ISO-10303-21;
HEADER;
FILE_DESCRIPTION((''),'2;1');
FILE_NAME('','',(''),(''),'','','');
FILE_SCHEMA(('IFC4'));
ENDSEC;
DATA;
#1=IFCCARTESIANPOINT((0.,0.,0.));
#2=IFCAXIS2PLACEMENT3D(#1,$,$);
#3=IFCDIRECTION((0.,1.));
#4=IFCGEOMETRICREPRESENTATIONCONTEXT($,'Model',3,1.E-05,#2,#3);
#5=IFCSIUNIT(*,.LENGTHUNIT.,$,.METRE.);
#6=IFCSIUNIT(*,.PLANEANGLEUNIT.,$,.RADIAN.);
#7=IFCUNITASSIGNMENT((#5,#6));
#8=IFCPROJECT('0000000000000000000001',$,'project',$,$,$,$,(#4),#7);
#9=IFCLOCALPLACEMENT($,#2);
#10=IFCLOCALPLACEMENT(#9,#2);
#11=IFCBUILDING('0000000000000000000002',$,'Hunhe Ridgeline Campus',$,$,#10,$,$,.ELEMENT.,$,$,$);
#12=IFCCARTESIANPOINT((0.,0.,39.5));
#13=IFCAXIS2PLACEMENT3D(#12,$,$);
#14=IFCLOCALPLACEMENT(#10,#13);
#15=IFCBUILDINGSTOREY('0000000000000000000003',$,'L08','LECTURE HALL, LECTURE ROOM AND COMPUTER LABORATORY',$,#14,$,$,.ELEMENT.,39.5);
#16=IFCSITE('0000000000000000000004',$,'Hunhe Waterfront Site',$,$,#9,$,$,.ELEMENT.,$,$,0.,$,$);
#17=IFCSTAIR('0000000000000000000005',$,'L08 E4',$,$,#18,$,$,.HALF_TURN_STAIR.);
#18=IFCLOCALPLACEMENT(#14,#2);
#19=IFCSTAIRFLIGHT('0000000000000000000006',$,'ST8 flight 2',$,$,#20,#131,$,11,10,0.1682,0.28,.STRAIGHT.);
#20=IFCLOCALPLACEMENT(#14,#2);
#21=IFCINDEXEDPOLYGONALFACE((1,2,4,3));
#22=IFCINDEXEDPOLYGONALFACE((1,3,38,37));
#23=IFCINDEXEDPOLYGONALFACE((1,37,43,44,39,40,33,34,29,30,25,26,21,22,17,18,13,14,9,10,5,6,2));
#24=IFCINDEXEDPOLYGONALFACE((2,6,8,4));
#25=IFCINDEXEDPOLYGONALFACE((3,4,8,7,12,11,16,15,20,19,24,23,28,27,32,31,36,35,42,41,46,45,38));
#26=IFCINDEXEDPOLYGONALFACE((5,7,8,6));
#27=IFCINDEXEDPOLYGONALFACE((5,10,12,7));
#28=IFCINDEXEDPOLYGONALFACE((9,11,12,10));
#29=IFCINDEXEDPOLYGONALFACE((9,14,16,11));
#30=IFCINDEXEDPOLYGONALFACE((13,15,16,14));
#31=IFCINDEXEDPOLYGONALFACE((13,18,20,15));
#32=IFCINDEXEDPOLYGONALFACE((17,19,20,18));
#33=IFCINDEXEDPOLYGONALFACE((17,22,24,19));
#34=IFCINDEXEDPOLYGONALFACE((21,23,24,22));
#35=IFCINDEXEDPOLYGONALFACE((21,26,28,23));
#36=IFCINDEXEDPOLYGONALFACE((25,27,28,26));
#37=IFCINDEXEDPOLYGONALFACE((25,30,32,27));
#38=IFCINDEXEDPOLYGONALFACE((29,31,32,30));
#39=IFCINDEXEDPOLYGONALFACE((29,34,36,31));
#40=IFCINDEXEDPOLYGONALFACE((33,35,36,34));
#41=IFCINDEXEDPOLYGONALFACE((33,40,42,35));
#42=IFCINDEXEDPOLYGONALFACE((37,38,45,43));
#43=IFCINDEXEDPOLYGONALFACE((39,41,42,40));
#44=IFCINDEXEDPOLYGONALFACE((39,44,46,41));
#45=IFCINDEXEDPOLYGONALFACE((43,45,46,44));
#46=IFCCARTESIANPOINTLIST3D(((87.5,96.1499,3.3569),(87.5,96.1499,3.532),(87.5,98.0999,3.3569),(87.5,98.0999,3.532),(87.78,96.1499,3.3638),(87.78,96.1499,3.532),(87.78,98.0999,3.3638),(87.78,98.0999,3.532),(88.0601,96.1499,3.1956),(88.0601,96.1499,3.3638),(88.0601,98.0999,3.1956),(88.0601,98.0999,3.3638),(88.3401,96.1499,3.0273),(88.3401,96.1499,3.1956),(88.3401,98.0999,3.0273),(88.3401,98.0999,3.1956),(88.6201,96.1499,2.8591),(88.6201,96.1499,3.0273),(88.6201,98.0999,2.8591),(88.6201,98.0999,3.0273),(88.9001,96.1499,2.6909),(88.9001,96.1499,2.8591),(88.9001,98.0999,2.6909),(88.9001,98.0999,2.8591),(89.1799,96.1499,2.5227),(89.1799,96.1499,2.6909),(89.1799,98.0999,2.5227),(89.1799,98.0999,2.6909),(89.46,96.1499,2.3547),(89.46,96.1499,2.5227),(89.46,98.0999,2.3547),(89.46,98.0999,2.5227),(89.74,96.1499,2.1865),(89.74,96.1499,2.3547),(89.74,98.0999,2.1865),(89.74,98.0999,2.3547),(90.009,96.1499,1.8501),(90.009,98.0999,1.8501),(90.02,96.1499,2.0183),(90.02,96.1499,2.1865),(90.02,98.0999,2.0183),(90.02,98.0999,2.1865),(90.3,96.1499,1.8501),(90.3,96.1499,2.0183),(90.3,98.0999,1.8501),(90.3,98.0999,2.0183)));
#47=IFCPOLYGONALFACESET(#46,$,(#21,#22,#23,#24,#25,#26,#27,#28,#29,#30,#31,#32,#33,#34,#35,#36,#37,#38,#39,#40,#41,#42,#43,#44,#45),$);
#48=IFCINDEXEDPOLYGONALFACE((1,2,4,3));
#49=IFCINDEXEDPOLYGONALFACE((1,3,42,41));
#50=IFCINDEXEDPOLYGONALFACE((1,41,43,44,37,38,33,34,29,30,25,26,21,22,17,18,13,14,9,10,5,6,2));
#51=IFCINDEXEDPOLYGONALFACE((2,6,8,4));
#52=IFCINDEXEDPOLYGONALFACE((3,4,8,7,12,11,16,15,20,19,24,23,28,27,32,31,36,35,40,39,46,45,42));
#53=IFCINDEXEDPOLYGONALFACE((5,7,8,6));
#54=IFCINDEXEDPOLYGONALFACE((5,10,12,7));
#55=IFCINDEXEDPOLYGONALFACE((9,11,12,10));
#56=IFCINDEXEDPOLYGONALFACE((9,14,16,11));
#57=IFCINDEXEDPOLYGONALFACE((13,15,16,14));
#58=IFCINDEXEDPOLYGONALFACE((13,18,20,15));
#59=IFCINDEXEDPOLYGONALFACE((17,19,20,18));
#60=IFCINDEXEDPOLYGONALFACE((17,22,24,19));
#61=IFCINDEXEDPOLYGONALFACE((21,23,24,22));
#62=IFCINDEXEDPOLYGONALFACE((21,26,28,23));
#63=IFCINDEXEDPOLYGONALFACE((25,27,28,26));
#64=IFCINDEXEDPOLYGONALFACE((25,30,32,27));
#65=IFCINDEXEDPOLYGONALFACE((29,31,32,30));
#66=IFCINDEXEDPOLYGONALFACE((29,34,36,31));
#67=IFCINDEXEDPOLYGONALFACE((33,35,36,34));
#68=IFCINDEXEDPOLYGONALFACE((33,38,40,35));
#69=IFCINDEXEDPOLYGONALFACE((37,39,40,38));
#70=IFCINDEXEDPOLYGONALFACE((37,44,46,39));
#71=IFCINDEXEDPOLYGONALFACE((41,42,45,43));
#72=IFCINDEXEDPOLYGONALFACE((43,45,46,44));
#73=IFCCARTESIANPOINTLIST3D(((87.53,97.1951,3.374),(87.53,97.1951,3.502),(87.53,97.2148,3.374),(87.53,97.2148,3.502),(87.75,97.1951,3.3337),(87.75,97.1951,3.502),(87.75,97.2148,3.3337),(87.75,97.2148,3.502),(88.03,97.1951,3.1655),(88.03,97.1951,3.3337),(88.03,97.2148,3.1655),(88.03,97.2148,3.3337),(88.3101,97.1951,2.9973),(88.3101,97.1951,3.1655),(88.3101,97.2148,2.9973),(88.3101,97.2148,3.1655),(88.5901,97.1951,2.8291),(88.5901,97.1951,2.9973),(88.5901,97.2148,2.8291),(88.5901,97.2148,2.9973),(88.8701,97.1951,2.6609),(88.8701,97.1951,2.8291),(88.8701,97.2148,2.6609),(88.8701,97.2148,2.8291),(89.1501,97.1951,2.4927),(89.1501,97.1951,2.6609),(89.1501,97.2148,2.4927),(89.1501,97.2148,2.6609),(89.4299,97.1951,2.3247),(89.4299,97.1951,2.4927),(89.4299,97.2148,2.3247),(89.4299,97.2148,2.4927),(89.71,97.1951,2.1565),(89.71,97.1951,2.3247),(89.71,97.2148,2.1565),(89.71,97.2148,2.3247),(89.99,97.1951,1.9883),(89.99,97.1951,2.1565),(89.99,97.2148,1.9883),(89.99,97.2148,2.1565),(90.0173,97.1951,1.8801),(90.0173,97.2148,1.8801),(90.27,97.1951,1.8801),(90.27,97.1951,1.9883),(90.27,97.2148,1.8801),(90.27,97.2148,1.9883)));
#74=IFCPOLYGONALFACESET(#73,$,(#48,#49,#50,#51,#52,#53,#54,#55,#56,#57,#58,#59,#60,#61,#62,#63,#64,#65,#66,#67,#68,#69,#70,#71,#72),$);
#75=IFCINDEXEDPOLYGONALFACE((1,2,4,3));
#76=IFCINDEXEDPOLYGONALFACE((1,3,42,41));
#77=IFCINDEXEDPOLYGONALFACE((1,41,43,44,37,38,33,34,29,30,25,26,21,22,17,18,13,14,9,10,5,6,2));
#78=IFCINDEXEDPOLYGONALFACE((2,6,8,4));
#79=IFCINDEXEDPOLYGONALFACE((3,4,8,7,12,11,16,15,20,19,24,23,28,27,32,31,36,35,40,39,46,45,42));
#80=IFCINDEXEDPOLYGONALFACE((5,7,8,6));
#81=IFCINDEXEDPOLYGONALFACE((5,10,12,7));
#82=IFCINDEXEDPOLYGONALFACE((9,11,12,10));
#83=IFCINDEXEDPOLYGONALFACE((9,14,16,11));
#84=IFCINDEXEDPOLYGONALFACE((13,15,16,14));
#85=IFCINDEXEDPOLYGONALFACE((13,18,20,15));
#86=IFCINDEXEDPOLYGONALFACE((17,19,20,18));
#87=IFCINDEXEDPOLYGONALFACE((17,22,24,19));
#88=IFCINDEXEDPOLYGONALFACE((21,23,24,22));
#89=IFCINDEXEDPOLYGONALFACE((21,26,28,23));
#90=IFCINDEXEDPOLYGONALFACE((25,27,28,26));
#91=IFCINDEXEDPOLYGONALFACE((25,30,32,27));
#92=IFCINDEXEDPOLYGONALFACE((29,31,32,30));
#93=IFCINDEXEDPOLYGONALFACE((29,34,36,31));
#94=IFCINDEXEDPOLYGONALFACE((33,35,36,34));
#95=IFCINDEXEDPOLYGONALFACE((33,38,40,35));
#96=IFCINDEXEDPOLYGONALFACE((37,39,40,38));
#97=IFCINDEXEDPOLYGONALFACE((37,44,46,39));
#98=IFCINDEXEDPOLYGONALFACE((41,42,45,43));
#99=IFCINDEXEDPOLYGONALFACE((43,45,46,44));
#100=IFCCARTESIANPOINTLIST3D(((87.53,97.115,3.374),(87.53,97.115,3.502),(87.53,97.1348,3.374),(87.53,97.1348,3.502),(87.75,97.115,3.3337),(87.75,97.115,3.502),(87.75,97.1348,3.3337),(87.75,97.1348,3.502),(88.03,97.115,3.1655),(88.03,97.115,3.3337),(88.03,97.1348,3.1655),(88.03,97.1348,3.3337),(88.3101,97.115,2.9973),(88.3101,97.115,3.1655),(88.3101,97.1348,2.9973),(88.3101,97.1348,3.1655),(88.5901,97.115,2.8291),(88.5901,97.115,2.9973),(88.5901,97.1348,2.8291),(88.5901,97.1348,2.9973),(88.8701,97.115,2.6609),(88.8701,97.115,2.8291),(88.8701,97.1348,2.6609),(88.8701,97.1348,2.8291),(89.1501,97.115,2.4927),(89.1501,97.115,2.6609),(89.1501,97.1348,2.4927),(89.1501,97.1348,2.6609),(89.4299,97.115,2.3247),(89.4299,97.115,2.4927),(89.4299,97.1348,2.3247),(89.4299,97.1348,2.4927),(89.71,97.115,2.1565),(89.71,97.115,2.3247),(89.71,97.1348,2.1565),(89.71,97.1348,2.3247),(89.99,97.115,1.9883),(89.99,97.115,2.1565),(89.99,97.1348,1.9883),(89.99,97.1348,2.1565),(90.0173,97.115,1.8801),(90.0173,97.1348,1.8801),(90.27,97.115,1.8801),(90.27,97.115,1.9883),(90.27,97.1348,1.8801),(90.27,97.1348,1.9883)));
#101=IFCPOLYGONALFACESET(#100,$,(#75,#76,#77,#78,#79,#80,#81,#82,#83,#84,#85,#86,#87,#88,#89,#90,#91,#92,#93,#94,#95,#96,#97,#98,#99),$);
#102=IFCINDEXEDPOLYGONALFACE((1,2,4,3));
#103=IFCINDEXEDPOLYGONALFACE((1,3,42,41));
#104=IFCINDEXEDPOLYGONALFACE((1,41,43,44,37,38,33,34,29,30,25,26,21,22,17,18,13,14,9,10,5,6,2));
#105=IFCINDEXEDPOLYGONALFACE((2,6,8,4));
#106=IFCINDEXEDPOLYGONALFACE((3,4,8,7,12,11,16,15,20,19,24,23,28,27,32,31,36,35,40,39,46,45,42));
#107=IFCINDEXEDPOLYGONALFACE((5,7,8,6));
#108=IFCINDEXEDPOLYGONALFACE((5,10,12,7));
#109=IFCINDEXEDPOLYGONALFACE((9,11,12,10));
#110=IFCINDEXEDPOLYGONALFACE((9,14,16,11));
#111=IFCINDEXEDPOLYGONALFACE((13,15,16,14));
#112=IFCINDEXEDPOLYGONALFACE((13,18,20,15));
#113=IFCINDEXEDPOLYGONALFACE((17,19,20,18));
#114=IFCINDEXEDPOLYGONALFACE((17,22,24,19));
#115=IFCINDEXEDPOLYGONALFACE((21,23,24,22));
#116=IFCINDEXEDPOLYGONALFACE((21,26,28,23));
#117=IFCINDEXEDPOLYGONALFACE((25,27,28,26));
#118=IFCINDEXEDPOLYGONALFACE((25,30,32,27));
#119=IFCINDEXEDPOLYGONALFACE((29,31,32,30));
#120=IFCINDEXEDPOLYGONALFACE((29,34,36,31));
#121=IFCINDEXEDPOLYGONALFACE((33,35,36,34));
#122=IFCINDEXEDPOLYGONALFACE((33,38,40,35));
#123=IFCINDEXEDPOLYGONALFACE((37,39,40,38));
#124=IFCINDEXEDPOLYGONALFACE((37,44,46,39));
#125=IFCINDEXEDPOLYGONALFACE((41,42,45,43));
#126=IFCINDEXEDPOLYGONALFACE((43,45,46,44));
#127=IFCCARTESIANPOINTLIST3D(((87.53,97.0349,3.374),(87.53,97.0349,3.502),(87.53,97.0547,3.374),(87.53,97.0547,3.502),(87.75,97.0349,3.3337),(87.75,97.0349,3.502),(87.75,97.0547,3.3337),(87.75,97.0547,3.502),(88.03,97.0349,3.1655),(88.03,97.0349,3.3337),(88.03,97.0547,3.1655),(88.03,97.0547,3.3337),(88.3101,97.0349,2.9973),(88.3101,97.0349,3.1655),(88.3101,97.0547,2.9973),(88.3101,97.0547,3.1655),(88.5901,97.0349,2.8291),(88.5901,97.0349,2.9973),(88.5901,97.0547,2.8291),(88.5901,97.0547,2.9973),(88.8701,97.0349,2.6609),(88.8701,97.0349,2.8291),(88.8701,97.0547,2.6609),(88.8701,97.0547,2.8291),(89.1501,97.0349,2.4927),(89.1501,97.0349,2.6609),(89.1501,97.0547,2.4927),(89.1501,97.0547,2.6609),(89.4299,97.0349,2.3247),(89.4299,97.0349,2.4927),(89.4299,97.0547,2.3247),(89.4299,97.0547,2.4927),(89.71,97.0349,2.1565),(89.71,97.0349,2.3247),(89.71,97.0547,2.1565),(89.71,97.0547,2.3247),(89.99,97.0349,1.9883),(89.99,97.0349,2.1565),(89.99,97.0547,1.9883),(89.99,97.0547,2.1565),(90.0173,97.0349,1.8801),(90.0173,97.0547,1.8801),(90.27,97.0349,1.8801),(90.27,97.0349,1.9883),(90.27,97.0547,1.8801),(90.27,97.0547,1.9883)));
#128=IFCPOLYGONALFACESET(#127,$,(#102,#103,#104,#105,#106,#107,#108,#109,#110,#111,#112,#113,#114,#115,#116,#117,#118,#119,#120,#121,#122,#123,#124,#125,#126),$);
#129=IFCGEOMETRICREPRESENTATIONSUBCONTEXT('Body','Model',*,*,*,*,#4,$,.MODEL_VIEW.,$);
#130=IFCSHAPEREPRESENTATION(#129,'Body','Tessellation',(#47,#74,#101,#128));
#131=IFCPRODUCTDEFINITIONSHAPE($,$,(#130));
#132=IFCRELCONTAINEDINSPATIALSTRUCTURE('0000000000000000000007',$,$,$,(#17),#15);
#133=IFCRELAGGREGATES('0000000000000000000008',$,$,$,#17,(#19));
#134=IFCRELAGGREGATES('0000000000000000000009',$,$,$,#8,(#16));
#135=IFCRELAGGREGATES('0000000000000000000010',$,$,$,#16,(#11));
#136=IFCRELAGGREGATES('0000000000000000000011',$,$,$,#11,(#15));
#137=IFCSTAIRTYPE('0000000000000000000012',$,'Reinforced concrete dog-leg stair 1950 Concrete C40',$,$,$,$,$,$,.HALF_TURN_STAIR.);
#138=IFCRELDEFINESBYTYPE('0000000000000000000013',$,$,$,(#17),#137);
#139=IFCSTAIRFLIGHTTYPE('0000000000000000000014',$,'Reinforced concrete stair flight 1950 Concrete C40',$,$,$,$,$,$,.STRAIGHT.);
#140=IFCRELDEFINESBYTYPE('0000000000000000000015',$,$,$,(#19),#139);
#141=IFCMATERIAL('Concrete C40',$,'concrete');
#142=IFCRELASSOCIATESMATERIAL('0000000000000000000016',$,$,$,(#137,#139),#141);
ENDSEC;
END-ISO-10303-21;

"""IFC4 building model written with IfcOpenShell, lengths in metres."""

from ifc_helpers import new_model, si_unit, direction, frame, origin, place, context, subcontext, project, spatial, polyline, outline, extrude, material, type_object, element, aggregate, save


model = new_model("IFC4")

# Units and contexts
model_context = context("Model", 3, precision=1e-05, world=origin(), true_north=direction((0.0, 1.0)))
body_context = subcontext(model_context, "Body", "Model", "MODEL_VIEW")
ifc_project = project(units=[si_unit("LENGTHUNIT", "METRE"), si_unit("PLANEANGLEUNIT", "RADIAN")], contexts=[model_context])

# Site, building, storey
site_placement = place(None, origin())
site = spatial("IfcSite", under=ifc_project, at=site_placement, Name="Hunhe Waterfront Site", CompositionType="ELEMENT", RefElevation=0.0)
building_placement = place(site_placement, origin())
building = spatial("IfcBuilding", under=site, at=building_placement, Name="Hunhe Ridgeline Campus", CompositionType="ELEMENT")
storey_placement = place(building_placement, frame((0.0, 0.0, 39.5)))
storey = spatial("IfcBuildingStorey", under=building, at=storey_placement, Name="L08", Description="LECTURE HALL, LECTURE ROOM AND COMPUTER LABORATORY", CompositionType="ELEMENT", Elevation=39.5)

# Stair, stair flight
ifc_material_1 = material(Name="Concrete C40", Category="concrete")
stair_type = type_object("IfcStairType", Name="Reinforced concrete dog-leg stair 1950 Concrete C40", PredefinedType="HALF_TURN_STAIR", material=ifc_material_1)
stair_placement = place(storey_placement, origin())
stair = element("IfcStair", 1, at=stair_placement, inside=storey, type_object=stair_type, Name="L08 E4", PredefinedType="HALF_TURN_STAIR")
stair_flight_type = type_object("IfcStairFlightType", Name="Reinforced concrete stair flight 1950 Concrete C40", PredefinedType="STRAIGHT", material=ifc_material_1)
stair_flight_1_placement = place(storey_placement, frame((90.3, 97.125, 1.8501), z_axis=(0.0, 0.0, 1.0), x_axis=(-1.0, 0.0, 0.0)))
stair_flight_1 = element("IfcStairFlight", 2, at=stair_flight_1_placement, type_object=stair_flight_type, Name="ST8 flight 2", NumberOfRisers=11, NumberOfTreads=10, PredefinedType="STRAIGHT", RiserHeight=0.1682, TreadLength=0.28, context=body_context, shape_type="SweptSolid", body=[
    extrude(outline(polyline([(0.0, 0.0), (0.0, 0.1682), (0.28, 0.1682), (0.28, 0.3364), (0.5601, 0.3364), (0.5601, 0.5046), (0.8401, 0.5046), (0.8401, 0.6726), (1.1201, 0.6726), (1.1201, 0.8408), (1.3999, 0.8408), (1.3999, 1.009), (1.6799, 1.009), (1.6799, 1.1772), (1.96, 1.1772), (1.96, 1.3455), (2.24, 1.3455), (2.24, 1.5137), (2.52, 1.5137), (2.52, 1.6819), (2.8, 1.6819), (2.8, 1.8501), (2.8, 1.5068), (0.291, 0.0), (0.0, 0.0)])), frame((0.0, 0.9751, 0.0), z_axis=(0.0, -1.0, 0.0), x_axis=(1.0, 0.0, 0.0)), (0.0, 0.0, 1.0), 1.95),
    extrude(outline(polyline([(0.03, 0.03), (0.03, 0.1382), (0.3101, 0.1382), (0.3101, 0.3064), (0.5901, 0.3064), (0.5901, 0.4746), (0.8701, 0.4746), (0.8701, 0.6426), (1.1499, 0.6426), (1.1499, 0.8108), (1.4299, 0.8108), (1.4299, 0.979), (1.71, 0.979), (1.71, 1.1472), (1.99, 1.1472), (1.99, 1.3154), (2.27, 1.3154), (2.27, 1.4836), (2.55, 1.4836), (2.55, 1.6519), (2.77, 1.6519), (2.77, 1.5239), (0.2827, 0.03), (0.03, 0.03)])), frame((0.0, -0.0701, 0.0), z_axis=(0.0, -1.0, 0.0), x_axis=(1.0, 0.0, 0.0)), (0.0, 0.0, 1.0), 0.0198),
    extrude(outline(polyline([(0.03, 0.03), (0.03, 0.1382), (0.3101, 0.1382), (0.3101, 0.3064), (0.5901, 0.3064), (0.5901, 0.4746), (0.8701, 0.4746), (0.8701, 0.6426), (1.1499, 0.6426), (1.1499, 0.8108), (1.4299, 0.8108), (1.4299, 0.979), (1.71, 0.979), (1.71, 1.1472), (1.99, 1.1472), (1.99, 1.3154), (2.27, 1.3154), (2.27, 1.4836), (2.55, 1.4836), (2.55, 1.6519), (2.77, 1.6519), (2.77, 1.5239), (0.2827, 0.03), (0.03, 0.03)])), frame((0.0, 0.01, 0.0), z_axis=(0.0, -1.0, 0.0), x_axis=(1.0, 0.0, 0.0)), (0.0, 0.0, 1.0), 0.0198),
    extrude(outline(polyline([(0.03, 0.03), (0.03, 0.1382), (0.3101, 0.1382), (0.3101, 0.3064), (0.5901, 0.3064), (0.5901, 0.4746), (0.8701, 0.4746), (0.8701, 0.6426), (1.1499, 0.6426), (1.1499, 0.8108), (1.4299, 0.8108), (1.4299, 0.979), (1.71, 0.979), (1.71, 1.1472), (1.99, 1.1472), (1.99, 1.3154), (2.27, 1.3154), (2.27, 1.4836), (2.55, 1.4836), (2.55, 1.6519), (2.77, 1.6519), (2.77, 1.5239), (0.2827, 0.03), (0.03, 0.03)])), frame((0.0, 0.0901, 0.0), z_axis=(0.0, -1.0, 0.0), x_axis=(1.0, 0.0, 0.0)), (0.0, 0.0, 1.0), 0.0198),
])
aggregate(stair, [stair_flight_1])

save(model, "model.ifc")
